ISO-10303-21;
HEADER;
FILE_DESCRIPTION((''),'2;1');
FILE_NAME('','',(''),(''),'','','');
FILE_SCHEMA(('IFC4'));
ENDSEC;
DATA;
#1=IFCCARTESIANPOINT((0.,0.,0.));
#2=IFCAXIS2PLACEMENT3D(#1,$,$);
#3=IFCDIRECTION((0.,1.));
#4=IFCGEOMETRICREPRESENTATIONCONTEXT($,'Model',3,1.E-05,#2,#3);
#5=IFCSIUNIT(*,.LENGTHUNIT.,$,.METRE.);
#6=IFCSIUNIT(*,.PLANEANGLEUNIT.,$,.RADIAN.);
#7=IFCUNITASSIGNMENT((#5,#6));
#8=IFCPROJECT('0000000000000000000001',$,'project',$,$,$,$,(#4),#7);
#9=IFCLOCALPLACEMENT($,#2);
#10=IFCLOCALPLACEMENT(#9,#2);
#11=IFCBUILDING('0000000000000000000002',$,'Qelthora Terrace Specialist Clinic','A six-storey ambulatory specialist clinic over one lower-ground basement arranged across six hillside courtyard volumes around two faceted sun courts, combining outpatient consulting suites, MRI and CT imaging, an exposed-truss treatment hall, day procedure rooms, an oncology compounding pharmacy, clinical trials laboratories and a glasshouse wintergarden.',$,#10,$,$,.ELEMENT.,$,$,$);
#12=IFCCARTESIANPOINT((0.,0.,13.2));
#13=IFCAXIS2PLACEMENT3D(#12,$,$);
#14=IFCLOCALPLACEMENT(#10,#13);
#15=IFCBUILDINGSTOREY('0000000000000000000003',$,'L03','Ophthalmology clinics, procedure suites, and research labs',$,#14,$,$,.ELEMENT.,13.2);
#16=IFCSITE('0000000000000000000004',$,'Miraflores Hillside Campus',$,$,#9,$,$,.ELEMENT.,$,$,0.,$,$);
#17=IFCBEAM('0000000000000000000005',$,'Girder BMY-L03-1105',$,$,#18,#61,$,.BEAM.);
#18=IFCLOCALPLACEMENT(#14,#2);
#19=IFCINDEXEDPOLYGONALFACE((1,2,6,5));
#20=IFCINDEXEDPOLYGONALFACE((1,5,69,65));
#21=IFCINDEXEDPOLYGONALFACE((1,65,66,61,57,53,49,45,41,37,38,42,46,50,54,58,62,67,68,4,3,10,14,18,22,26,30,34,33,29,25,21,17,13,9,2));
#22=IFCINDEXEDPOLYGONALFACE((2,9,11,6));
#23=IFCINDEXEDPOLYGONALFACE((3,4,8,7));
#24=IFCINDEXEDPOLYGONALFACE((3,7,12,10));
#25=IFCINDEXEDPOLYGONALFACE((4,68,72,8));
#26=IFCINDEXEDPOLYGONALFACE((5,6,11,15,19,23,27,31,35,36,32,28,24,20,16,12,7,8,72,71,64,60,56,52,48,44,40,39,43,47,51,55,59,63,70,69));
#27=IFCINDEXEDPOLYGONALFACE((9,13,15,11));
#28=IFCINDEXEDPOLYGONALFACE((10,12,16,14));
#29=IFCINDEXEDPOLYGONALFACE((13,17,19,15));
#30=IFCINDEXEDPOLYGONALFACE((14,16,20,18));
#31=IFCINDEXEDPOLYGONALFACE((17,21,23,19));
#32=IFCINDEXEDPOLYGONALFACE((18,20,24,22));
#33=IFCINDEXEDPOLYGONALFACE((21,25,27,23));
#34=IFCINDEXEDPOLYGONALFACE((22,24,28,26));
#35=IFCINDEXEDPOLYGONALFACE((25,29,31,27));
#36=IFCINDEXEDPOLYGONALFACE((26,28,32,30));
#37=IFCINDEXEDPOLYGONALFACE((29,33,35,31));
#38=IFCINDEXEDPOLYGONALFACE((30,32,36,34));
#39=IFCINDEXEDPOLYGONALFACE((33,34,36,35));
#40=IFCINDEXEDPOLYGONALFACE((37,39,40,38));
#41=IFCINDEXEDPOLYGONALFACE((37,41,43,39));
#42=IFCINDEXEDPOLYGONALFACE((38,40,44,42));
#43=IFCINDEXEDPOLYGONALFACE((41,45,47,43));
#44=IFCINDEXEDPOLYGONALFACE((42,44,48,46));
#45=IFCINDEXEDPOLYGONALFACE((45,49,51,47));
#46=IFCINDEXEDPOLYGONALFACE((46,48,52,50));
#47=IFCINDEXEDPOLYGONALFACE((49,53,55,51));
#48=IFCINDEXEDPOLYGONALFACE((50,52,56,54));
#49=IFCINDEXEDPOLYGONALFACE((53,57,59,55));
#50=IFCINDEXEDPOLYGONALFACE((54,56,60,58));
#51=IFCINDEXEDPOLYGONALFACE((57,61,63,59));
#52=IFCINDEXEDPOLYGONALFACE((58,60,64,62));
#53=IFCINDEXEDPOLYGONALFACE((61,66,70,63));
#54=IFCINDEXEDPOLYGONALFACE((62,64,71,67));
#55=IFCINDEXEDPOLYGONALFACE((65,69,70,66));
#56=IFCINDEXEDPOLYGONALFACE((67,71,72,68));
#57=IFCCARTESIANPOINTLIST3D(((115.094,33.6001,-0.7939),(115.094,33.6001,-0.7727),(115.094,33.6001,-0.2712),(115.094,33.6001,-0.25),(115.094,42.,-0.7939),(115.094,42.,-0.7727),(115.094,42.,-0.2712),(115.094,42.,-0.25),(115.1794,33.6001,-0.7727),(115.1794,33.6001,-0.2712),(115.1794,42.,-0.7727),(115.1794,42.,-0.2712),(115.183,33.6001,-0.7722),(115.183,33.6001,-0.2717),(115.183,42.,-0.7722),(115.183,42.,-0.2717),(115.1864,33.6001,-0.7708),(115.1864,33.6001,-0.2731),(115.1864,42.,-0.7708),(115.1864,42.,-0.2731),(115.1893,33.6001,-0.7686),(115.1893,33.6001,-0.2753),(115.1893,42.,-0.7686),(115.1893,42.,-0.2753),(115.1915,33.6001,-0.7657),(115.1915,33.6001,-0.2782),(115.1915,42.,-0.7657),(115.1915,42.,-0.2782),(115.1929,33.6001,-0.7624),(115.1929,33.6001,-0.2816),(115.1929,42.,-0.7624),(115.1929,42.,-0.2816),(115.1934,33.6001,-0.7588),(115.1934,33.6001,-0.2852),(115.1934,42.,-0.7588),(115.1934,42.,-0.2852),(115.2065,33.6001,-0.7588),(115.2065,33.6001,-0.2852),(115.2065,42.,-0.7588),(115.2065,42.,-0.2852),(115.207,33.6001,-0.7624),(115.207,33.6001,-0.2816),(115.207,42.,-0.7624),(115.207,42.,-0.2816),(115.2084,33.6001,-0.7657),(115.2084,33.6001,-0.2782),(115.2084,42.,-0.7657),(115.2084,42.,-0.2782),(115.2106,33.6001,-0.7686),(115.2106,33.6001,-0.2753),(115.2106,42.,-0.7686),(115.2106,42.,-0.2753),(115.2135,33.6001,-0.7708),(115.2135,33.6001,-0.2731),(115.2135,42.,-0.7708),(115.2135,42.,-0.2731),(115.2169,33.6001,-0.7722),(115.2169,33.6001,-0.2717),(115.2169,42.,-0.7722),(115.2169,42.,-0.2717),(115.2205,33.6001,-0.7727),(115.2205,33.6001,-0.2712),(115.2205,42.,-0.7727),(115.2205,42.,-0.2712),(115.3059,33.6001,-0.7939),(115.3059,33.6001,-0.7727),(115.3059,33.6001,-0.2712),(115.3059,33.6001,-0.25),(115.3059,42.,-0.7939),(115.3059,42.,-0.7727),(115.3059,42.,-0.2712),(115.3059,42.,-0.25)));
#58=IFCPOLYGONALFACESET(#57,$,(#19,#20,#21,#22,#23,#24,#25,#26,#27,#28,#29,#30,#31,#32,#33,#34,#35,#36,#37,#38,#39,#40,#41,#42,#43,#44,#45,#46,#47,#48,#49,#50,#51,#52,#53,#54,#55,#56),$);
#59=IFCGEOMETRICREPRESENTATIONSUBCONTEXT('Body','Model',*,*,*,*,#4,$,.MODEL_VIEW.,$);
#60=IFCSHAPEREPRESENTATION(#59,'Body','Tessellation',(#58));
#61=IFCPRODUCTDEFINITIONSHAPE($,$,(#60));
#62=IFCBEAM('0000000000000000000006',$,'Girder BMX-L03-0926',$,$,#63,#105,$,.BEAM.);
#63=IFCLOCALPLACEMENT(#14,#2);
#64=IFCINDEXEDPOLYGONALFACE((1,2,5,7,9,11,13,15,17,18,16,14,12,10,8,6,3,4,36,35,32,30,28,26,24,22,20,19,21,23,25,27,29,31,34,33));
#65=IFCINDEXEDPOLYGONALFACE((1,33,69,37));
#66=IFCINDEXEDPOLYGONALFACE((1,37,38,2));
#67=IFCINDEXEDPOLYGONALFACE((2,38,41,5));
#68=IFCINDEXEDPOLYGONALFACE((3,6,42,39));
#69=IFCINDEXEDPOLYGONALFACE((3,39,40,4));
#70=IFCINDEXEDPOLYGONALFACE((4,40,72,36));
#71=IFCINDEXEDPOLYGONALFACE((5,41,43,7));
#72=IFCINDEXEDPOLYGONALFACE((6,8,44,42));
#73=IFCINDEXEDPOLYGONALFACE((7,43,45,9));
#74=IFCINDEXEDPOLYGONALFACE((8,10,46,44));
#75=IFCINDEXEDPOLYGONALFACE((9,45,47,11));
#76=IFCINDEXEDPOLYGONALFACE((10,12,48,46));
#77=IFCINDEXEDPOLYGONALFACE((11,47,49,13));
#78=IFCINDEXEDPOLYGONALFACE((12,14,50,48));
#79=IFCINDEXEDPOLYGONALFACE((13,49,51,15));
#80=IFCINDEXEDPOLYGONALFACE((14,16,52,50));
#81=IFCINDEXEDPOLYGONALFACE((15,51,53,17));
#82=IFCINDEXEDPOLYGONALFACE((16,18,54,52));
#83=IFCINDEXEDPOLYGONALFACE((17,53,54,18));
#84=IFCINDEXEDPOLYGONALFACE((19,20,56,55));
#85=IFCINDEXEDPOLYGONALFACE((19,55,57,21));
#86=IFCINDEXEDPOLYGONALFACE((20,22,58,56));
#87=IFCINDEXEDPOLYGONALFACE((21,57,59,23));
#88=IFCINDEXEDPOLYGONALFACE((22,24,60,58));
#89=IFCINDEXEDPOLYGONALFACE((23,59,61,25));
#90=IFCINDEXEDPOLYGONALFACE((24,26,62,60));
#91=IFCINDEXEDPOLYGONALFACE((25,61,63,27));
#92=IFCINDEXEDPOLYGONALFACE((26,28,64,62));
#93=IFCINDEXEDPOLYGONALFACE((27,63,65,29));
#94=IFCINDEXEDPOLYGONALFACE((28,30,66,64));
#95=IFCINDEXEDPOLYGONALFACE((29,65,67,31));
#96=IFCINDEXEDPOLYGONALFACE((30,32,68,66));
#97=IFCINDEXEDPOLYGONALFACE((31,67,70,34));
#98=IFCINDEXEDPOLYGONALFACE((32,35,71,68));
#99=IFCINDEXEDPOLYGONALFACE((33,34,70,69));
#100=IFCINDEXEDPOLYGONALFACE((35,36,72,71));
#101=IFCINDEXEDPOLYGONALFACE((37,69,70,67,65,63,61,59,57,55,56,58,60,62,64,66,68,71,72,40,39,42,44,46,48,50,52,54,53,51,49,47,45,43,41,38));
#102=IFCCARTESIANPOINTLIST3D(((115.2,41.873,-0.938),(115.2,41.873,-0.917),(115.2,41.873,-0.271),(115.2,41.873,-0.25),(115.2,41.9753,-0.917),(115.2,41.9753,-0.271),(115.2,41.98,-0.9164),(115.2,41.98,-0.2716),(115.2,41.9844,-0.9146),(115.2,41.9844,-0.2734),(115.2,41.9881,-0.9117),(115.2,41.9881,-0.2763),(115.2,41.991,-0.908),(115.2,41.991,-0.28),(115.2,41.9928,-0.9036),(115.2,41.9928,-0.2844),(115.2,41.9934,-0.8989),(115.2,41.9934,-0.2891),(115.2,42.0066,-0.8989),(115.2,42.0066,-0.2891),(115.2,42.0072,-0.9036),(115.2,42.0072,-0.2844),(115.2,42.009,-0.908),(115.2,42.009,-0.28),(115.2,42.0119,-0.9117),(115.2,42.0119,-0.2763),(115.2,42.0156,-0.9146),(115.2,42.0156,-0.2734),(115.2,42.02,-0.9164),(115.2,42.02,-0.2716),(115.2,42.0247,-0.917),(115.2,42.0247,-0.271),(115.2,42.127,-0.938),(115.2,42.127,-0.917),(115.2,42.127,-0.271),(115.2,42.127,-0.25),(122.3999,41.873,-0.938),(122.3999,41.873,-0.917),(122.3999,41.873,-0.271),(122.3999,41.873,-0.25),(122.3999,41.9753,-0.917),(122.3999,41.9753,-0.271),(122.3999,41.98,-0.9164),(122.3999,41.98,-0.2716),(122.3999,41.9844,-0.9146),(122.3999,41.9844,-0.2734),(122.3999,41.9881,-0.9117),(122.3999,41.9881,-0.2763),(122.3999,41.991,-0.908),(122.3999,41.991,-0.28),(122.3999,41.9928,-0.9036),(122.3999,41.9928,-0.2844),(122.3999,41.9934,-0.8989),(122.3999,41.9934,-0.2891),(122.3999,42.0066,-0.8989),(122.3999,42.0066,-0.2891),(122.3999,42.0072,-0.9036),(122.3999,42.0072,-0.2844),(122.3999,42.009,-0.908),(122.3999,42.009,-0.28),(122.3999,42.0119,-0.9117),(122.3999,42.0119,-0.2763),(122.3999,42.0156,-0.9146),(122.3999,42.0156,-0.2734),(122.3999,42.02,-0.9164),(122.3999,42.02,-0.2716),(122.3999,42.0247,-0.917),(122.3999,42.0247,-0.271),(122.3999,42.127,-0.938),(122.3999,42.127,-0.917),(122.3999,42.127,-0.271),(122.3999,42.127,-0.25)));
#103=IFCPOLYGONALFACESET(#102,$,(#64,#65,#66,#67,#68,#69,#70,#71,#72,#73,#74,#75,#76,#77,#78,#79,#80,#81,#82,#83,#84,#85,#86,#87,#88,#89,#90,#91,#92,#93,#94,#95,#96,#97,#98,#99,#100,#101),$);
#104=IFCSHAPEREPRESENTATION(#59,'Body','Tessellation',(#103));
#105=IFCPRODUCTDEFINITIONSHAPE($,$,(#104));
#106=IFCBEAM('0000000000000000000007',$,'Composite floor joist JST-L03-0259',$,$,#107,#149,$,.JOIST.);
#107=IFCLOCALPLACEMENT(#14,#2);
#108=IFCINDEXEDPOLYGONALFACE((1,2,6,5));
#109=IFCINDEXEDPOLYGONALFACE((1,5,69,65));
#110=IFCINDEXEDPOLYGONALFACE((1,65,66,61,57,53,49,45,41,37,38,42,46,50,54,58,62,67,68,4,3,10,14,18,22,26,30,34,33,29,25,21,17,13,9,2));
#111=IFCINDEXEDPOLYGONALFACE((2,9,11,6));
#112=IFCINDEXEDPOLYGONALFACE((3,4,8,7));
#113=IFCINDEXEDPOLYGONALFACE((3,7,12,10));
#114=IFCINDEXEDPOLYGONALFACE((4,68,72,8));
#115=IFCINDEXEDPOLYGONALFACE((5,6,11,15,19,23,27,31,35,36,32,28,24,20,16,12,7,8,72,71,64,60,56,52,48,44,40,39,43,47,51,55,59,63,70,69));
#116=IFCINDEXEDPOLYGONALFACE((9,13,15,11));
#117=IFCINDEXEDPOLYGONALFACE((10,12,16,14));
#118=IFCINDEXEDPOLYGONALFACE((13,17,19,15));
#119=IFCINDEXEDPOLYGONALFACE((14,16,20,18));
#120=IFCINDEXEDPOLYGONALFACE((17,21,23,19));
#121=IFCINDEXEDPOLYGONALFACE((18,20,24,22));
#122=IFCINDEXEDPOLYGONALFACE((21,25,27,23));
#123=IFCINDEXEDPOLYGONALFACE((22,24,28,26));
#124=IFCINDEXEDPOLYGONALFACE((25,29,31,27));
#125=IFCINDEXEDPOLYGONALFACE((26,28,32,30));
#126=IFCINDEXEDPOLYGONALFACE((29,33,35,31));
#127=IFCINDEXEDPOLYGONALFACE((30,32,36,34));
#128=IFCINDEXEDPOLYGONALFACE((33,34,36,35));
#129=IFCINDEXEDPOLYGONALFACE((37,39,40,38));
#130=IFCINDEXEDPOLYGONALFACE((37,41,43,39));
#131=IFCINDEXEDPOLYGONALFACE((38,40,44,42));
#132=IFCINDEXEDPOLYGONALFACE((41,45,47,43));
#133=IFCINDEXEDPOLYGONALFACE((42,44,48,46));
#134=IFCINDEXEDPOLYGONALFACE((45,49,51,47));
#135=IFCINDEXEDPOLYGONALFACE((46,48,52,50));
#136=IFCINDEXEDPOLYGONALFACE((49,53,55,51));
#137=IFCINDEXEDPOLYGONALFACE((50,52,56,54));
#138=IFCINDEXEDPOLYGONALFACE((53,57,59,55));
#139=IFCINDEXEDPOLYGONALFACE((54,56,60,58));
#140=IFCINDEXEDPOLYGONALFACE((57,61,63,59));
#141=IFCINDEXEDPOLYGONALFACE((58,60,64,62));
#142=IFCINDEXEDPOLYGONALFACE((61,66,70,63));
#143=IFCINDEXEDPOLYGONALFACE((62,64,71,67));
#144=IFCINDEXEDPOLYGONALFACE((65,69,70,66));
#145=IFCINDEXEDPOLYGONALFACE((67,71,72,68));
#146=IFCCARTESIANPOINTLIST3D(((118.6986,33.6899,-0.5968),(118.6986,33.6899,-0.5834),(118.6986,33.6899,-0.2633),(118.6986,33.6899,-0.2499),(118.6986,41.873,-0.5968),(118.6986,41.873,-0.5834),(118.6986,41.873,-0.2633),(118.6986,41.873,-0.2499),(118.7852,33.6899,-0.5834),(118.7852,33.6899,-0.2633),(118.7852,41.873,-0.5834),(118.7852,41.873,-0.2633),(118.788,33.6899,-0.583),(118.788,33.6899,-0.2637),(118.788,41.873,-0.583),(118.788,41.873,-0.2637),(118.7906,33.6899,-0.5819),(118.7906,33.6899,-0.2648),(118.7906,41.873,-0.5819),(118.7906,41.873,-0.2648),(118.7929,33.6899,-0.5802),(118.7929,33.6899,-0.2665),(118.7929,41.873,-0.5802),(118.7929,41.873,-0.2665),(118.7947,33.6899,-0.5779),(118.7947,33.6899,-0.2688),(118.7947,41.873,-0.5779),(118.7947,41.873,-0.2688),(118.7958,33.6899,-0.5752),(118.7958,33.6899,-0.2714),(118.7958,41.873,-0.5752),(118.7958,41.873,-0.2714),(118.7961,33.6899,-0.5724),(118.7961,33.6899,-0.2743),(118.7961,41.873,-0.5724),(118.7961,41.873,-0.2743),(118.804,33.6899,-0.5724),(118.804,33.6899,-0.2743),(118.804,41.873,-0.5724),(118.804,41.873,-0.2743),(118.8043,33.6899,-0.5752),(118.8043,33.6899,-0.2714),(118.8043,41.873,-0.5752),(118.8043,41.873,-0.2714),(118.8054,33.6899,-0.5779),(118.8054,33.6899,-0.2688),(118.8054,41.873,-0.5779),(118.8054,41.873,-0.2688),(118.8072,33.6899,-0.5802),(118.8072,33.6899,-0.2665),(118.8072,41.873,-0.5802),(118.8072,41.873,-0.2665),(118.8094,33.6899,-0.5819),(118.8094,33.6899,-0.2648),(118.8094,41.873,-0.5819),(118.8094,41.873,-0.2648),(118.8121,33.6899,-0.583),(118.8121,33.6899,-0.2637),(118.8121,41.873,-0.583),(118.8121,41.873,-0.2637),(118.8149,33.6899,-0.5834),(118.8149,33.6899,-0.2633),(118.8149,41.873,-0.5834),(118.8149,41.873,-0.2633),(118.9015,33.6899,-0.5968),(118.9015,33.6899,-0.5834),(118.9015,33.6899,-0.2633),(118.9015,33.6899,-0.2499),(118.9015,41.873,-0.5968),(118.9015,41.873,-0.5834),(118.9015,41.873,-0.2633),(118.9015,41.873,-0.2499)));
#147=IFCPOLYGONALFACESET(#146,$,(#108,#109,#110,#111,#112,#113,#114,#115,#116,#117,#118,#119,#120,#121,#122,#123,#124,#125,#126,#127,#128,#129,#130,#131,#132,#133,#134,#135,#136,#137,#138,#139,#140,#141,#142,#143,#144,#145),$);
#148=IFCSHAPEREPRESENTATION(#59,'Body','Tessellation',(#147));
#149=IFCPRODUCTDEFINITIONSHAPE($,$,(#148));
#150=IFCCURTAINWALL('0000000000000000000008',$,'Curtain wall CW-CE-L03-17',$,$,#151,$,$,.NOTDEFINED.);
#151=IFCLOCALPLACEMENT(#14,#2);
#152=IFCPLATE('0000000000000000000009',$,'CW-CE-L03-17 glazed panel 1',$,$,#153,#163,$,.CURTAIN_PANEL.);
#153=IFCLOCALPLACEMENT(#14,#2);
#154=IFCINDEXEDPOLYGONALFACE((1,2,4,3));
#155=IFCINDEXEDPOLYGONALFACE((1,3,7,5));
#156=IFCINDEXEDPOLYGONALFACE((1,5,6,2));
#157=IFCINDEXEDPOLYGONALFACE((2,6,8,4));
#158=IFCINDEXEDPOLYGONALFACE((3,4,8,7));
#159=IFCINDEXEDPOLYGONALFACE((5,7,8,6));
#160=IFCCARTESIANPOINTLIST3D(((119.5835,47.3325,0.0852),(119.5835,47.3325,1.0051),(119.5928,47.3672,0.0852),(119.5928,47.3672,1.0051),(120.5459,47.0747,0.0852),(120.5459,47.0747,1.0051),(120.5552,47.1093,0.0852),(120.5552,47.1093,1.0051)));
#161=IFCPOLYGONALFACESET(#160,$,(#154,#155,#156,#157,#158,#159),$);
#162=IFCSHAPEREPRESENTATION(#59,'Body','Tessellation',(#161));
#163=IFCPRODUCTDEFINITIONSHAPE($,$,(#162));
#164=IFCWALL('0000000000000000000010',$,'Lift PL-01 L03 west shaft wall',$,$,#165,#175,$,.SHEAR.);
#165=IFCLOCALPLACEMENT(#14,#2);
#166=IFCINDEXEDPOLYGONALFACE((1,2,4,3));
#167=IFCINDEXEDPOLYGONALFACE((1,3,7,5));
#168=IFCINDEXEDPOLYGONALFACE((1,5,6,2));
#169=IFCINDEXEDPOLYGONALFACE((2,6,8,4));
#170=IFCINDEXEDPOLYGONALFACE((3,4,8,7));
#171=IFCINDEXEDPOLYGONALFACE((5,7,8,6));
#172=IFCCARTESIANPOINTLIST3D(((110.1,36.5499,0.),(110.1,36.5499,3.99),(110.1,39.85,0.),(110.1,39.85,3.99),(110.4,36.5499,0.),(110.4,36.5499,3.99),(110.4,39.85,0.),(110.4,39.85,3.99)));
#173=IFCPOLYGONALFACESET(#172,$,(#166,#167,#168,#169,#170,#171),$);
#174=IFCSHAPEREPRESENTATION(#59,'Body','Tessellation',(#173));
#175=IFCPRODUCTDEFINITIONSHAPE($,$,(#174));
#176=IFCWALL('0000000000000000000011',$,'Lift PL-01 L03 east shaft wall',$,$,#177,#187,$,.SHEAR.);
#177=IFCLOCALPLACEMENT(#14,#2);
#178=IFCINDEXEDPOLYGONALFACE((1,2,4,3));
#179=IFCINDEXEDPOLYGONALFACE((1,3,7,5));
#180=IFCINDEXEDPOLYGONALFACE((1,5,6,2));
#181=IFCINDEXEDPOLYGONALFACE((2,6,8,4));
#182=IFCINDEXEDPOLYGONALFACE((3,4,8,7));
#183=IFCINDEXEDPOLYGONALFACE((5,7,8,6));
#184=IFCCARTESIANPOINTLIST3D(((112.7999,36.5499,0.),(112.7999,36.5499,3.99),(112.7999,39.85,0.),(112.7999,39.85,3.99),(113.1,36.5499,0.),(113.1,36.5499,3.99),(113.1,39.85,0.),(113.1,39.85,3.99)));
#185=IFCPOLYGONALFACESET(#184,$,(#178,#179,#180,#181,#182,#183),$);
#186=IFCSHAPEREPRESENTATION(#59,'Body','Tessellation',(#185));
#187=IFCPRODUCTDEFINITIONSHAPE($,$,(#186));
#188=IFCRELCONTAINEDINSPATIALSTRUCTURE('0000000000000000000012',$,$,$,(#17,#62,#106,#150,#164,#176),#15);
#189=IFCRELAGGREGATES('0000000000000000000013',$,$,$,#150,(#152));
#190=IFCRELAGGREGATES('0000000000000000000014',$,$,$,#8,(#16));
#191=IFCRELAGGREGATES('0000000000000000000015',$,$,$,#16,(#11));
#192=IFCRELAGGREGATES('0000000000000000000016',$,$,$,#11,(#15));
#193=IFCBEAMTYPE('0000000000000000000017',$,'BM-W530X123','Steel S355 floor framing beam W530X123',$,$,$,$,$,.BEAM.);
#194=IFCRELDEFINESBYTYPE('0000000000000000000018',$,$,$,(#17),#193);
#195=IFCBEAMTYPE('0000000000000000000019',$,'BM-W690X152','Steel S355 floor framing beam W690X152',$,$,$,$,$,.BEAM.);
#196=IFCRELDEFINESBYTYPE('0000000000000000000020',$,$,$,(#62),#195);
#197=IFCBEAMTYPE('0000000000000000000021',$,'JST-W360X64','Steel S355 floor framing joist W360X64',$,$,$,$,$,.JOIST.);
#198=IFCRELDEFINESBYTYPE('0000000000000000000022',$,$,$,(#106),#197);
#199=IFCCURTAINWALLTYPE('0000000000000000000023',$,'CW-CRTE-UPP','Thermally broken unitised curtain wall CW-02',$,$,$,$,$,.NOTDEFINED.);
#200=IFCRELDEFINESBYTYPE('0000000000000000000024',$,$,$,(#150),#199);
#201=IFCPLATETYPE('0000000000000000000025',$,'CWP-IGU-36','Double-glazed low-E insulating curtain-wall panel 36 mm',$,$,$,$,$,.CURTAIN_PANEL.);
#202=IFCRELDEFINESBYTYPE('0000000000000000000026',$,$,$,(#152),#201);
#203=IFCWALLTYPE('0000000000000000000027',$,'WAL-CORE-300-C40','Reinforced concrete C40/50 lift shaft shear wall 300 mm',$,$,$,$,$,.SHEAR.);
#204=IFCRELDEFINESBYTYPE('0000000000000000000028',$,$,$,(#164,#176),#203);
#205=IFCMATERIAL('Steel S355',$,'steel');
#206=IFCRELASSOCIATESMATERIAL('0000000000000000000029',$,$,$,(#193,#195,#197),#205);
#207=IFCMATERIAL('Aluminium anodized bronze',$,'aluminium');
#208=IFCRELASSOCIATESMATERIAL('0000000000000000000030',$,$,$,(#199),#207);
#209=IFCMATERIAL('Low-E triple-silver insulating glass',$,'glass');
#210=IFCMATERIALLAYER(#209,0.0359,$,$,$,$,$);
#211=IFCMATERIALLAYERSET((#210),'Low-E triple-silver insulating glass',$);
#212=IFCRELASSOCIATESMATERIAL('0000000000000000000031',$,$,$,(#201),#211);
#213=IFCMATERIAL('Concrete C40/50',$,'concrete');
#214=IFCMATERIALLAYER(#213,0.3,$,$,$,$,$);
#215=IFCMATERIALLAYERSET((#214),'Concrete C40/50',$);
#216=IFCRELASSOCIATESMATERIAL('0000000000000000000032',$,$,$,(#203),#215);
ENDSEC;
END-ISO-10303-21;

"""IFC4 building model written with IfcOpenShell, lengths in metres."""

from ifc_helpers import new_model, si_unit, direction, frame, frame_2d, origin, origin_2d, place, context, subcontext, project, spatial, rectangle, i_section, extrude, material, layer, layer_set, material_profile, profile_set, type_object, element, aggregate, save


model = new_model("IFC4")

# Units and contexts
model_context = context("Model", 3, precision=1e-05, world=origin(), true_north=direction((0.0, 1.0)))
body_context = subcontext(model_context, "Body", "Model", "MODEL_VIEW")
ifc_project = project(units=[si_unit("LENGTHUNIT", "METRE"), si_unit("PLANEANGLEUNIT", "RADIAN")], contexts=[model_context])

# Site, building, storey
site_placement = place(None, origin())
site = spatial("IfcSite", under=ifc_project, at=site_placement, Name="Miraflores Hillside Campus", CompositionType="ELEMENT", RefElevation=0.0)
building_placement = place(site_placement, origin())
building = spatial("IfcBuilding", under=site, at=building_placement, Name="Qelthora Terrace Specialist Clinic", Description="A six-storey ambulatory specialist clinic over one lower-ground basement arranged across six hillside courtyard volumes around two faceted sun courts, combining outpatient consulting suites, MRI and CT imaging, an exposed-truss treatment hall, day procedure rooms, an oncology compounding pharmacy, clinical trials laboratories and a glasshouse wintergarden.", CompositionType="ELEMENT")
storey_placement = place(building_placement, frame((0.0, 0.0, 13.2)))
storey = spatial("IfcBuildingStorey", under=building, at=storey_placement, Name="L03", Description="Ophthalmology clinics, procedure suites, and research labs", CompositionType="ELEMENT", Elevation=13.2)

# Shared definitions
ifc_material_1 = material(Name="Steel S355", Category="steel")

# Beams
ifc_material_profile_1 = material_profile(ifc_material_1, i_section(OverallWidth=0.2119, OverallDepth=0.5439, WebThickness=0.0132, FlangeThickness=0.0212, FilletRadius=0.0139, at=origin_2d()), Name="W530X123")
ifc_profile_set_1 = profile_set([ifc_material_profile_1], Name="Steel S355")
beam_type_1 = type_object("IfcBeamType", Name="BM-W530X123", Description="Steel S355 floor framing beam W530X123", PredefinedType="BEAM", material=ifc_profile_set_1)
beam_1_placement = place(storey_placement, frame((115.2, 33.6001, -0.522), z_axis=(0.0, 1.0, 0.0), x_axis=(-1.0, 0.0, 0.0)))
element("IfcBeam", 1, at=beam_1_placement, inside=storey, type_object=beam_type_1, Name="Girder BMY-L03-1105", PredefinedType="BEAM", context=body_context, shape_type="SweptSolid", body=[
    extrude(i_section(OverallWidth=0.2119, OverallDepth=0.5439, WebThickness=0.0132, FlangeThickness=0.0212, FilletRadius=0.0139, at=origin_2d()), origin(), (0.0, 0.0, 1.0), 8.3999),
])
ifc_material_profile_2 = material_profile(ifc_material_1, i_section(OverallWidth=0.2539, OverallDepth=0.688, WebThickness=0.0132, FlangeThickness=0.021, FilletRadius=0.0181, at=origin_2d()), Name="W690X152")
ifc_profile_set_2 = profile_set([ifc_material_profile_2], Name="Steel S355")
beam_type_2 = type_object("IfcBeamType", Name="BM-W690X152", Description="Steel S355 floor framing beam W690X152", PredefinedType="BEAM", material=ifc_profile_set_2)
beam_2_placement = place(storey_placement, frame((115.2, 42.0, -0.594), z_axis=(1.0, 0.0, 0.0), x_axis=(0.0, 1.0, 0.0)))
element("IfcBeam", 2, at=beam_2_placement, inside=storey, type_object=beam_type_2, Name="Girder BMX-L03-0926", PredefinedType="BEAM", context=body_context, shape_type="SweptSolid", body=[
    extrude(i_section(OverallWidth=0.2539, OverallDepth=0.688, WebThickness=0.0132, FlangeThickness=0.021, FilletRadius=0.0181, at=origin_2d()), origin(), (0.0, 0.0, 1.0), 7.2),
])
ifc_material_profile_3 = material_profile(ifc_material_1, i_section(OverallWidth=0.2029, OverallDepth=0.3469, WebThickness=0.0078, FlangeThickness=0.0134, FilletRadius=0.011, at=origin_2d()), Name="W360X64")
ifc_profile_set_3 = profile_set([ifc_material_profile_3], Name="Steel S355")
beam_type_3 = type_object("IfcBeamType", Name="JST-W360X64", Description="Steel S355 floor framing joist W360X64", PredefinedType="JOIST", material=ifc_profile_set_3)
beam_3_placement = place(storey_placement, frame((118.8, 33.6899, -0.4233), z_axis=(0.0, 1.0, 0.0), x_axis=(-1.0, 0.0, 0.0)))
element("IfcBeam", 3, at=beam_3_placement, inside=storey, type_object=beam_type_3, Name="Composite floor joist JST-L03-0259", PredefinedType="JOIST", context=body_context, shape_type="SweptSolid", body=[
    extrude(i_section(OverallWidth=0.2029, OverallDepth=0.3469, WebThickness=0.0078, FlangeThickness=0.0134, FilletRadius=0.011, at=origin_2d()), origin(), (0.0, 0.0, 1.0), 8.1831),
])

# Curtain wall, plate
ifc_material_2 = material(Name="Aluminium anodized bronze", Category="aluminium")
curtain_wall_type = type_object("IfcCurtainWallType", Name="CW-CRTE-UPP", Description="Thermally broken unitised curtain wall CW-02", PredefinedType="NOTDEFINED", material=ifc_material_2)
curtain_wall_placement = place(storey_placement, origin())
curtain_wall = element("IfcCurtainWall", 4, at=curtain_wall_placement, inside=storey, type_object=curtain_wall_type, Name="Curtain wall CW-CE-L03-17", PredefinedType="NOTDEFINED")
ifc_material_3 = material(Name="Low-E triple-silver insulating glass", Category="glass")
ifc_layer_1 = layer(ifc_material_3, 0.0359)
ifc_layer_set_1 = layer_set([ifc_layer_1], Name="Low-E triple-silver insulating glass")
plate_type = type_object("IfcPlateType", Name="CWP-IGU-36", Description="Double-glazed low-E insulating curtain-wall panel 36 mm", PredefinedType="CURTAIN_PANEL", material=ifc_layer_set_1)
plate_placement = place(storey_placement, frame((120.0693, 47.2209, 0.0852), z_axis=(0.0, 0.0, 1.0), x_axis=(0.965926, -0.258819, 0.0)))
plate = element("IfcPlate", 5, at=plate_placement, type_object=plate_type, Name="CW-CE-L03-17 glazed panel 1", PredefinedType="CURTAIN_PANEL", context=body_context, shape_type="SweptSolid", body=[
    extrude(rectangle(XDim=0.9963, YDim=0.0359, at=origin_2d()), origin(), (0.0, 0.0, 1.0), 0.9199),
])
aggregate(curtain_wall, [plate])

# Walls
ifc_material_4 = material(Name="Concrete C40/50", Category="concrete")
ifc_layer_2 = layer(ifc_material_4, 0.3)
ifc_layer_set_2 = layer_set([ifc_layer_2], Name="Concrete C40/50")
wall_type_1 = type_object("IfcWallType", Name="WAL-CORE-300-C40", Description="Reinforced concrete C40/50 lift shaft shear wall 300 mm", PredefinedType="SHEAR", material=ifc_layer_set_2)
for number, where, z_axis, x_axis, name in (
    (6, (110.25, 36.55, 0.0), (0.0, 0.0, 1.0), (0.0, 1.0, 0.0), "Lift PL-01 L03 west shaft wall"),
    (7, (112.95, 36.55, 0.0), (0.0, 0.0, 1.0), (0.0, 1.0, 0.0), "Lift PL-01 L03 east shaft wall"),
):
    element("IfcWall", number, at=place(storey_placement, frame(where, z_axis=z_axis, x_axis=x_axis)), inside=storey, type_object=wall_type_1, Name=name, PredefinedType="SHEAR", context=body_context, shape_type="SweptSolid", body=[
        extrude(rectangle(XDim=3.3, YDim=0.3, at=frame_2d((1.6499, 0.0))), origin(), (0.0, 0.0, 1.0), 3.99),
    ])

save(model, "model.ifc")
